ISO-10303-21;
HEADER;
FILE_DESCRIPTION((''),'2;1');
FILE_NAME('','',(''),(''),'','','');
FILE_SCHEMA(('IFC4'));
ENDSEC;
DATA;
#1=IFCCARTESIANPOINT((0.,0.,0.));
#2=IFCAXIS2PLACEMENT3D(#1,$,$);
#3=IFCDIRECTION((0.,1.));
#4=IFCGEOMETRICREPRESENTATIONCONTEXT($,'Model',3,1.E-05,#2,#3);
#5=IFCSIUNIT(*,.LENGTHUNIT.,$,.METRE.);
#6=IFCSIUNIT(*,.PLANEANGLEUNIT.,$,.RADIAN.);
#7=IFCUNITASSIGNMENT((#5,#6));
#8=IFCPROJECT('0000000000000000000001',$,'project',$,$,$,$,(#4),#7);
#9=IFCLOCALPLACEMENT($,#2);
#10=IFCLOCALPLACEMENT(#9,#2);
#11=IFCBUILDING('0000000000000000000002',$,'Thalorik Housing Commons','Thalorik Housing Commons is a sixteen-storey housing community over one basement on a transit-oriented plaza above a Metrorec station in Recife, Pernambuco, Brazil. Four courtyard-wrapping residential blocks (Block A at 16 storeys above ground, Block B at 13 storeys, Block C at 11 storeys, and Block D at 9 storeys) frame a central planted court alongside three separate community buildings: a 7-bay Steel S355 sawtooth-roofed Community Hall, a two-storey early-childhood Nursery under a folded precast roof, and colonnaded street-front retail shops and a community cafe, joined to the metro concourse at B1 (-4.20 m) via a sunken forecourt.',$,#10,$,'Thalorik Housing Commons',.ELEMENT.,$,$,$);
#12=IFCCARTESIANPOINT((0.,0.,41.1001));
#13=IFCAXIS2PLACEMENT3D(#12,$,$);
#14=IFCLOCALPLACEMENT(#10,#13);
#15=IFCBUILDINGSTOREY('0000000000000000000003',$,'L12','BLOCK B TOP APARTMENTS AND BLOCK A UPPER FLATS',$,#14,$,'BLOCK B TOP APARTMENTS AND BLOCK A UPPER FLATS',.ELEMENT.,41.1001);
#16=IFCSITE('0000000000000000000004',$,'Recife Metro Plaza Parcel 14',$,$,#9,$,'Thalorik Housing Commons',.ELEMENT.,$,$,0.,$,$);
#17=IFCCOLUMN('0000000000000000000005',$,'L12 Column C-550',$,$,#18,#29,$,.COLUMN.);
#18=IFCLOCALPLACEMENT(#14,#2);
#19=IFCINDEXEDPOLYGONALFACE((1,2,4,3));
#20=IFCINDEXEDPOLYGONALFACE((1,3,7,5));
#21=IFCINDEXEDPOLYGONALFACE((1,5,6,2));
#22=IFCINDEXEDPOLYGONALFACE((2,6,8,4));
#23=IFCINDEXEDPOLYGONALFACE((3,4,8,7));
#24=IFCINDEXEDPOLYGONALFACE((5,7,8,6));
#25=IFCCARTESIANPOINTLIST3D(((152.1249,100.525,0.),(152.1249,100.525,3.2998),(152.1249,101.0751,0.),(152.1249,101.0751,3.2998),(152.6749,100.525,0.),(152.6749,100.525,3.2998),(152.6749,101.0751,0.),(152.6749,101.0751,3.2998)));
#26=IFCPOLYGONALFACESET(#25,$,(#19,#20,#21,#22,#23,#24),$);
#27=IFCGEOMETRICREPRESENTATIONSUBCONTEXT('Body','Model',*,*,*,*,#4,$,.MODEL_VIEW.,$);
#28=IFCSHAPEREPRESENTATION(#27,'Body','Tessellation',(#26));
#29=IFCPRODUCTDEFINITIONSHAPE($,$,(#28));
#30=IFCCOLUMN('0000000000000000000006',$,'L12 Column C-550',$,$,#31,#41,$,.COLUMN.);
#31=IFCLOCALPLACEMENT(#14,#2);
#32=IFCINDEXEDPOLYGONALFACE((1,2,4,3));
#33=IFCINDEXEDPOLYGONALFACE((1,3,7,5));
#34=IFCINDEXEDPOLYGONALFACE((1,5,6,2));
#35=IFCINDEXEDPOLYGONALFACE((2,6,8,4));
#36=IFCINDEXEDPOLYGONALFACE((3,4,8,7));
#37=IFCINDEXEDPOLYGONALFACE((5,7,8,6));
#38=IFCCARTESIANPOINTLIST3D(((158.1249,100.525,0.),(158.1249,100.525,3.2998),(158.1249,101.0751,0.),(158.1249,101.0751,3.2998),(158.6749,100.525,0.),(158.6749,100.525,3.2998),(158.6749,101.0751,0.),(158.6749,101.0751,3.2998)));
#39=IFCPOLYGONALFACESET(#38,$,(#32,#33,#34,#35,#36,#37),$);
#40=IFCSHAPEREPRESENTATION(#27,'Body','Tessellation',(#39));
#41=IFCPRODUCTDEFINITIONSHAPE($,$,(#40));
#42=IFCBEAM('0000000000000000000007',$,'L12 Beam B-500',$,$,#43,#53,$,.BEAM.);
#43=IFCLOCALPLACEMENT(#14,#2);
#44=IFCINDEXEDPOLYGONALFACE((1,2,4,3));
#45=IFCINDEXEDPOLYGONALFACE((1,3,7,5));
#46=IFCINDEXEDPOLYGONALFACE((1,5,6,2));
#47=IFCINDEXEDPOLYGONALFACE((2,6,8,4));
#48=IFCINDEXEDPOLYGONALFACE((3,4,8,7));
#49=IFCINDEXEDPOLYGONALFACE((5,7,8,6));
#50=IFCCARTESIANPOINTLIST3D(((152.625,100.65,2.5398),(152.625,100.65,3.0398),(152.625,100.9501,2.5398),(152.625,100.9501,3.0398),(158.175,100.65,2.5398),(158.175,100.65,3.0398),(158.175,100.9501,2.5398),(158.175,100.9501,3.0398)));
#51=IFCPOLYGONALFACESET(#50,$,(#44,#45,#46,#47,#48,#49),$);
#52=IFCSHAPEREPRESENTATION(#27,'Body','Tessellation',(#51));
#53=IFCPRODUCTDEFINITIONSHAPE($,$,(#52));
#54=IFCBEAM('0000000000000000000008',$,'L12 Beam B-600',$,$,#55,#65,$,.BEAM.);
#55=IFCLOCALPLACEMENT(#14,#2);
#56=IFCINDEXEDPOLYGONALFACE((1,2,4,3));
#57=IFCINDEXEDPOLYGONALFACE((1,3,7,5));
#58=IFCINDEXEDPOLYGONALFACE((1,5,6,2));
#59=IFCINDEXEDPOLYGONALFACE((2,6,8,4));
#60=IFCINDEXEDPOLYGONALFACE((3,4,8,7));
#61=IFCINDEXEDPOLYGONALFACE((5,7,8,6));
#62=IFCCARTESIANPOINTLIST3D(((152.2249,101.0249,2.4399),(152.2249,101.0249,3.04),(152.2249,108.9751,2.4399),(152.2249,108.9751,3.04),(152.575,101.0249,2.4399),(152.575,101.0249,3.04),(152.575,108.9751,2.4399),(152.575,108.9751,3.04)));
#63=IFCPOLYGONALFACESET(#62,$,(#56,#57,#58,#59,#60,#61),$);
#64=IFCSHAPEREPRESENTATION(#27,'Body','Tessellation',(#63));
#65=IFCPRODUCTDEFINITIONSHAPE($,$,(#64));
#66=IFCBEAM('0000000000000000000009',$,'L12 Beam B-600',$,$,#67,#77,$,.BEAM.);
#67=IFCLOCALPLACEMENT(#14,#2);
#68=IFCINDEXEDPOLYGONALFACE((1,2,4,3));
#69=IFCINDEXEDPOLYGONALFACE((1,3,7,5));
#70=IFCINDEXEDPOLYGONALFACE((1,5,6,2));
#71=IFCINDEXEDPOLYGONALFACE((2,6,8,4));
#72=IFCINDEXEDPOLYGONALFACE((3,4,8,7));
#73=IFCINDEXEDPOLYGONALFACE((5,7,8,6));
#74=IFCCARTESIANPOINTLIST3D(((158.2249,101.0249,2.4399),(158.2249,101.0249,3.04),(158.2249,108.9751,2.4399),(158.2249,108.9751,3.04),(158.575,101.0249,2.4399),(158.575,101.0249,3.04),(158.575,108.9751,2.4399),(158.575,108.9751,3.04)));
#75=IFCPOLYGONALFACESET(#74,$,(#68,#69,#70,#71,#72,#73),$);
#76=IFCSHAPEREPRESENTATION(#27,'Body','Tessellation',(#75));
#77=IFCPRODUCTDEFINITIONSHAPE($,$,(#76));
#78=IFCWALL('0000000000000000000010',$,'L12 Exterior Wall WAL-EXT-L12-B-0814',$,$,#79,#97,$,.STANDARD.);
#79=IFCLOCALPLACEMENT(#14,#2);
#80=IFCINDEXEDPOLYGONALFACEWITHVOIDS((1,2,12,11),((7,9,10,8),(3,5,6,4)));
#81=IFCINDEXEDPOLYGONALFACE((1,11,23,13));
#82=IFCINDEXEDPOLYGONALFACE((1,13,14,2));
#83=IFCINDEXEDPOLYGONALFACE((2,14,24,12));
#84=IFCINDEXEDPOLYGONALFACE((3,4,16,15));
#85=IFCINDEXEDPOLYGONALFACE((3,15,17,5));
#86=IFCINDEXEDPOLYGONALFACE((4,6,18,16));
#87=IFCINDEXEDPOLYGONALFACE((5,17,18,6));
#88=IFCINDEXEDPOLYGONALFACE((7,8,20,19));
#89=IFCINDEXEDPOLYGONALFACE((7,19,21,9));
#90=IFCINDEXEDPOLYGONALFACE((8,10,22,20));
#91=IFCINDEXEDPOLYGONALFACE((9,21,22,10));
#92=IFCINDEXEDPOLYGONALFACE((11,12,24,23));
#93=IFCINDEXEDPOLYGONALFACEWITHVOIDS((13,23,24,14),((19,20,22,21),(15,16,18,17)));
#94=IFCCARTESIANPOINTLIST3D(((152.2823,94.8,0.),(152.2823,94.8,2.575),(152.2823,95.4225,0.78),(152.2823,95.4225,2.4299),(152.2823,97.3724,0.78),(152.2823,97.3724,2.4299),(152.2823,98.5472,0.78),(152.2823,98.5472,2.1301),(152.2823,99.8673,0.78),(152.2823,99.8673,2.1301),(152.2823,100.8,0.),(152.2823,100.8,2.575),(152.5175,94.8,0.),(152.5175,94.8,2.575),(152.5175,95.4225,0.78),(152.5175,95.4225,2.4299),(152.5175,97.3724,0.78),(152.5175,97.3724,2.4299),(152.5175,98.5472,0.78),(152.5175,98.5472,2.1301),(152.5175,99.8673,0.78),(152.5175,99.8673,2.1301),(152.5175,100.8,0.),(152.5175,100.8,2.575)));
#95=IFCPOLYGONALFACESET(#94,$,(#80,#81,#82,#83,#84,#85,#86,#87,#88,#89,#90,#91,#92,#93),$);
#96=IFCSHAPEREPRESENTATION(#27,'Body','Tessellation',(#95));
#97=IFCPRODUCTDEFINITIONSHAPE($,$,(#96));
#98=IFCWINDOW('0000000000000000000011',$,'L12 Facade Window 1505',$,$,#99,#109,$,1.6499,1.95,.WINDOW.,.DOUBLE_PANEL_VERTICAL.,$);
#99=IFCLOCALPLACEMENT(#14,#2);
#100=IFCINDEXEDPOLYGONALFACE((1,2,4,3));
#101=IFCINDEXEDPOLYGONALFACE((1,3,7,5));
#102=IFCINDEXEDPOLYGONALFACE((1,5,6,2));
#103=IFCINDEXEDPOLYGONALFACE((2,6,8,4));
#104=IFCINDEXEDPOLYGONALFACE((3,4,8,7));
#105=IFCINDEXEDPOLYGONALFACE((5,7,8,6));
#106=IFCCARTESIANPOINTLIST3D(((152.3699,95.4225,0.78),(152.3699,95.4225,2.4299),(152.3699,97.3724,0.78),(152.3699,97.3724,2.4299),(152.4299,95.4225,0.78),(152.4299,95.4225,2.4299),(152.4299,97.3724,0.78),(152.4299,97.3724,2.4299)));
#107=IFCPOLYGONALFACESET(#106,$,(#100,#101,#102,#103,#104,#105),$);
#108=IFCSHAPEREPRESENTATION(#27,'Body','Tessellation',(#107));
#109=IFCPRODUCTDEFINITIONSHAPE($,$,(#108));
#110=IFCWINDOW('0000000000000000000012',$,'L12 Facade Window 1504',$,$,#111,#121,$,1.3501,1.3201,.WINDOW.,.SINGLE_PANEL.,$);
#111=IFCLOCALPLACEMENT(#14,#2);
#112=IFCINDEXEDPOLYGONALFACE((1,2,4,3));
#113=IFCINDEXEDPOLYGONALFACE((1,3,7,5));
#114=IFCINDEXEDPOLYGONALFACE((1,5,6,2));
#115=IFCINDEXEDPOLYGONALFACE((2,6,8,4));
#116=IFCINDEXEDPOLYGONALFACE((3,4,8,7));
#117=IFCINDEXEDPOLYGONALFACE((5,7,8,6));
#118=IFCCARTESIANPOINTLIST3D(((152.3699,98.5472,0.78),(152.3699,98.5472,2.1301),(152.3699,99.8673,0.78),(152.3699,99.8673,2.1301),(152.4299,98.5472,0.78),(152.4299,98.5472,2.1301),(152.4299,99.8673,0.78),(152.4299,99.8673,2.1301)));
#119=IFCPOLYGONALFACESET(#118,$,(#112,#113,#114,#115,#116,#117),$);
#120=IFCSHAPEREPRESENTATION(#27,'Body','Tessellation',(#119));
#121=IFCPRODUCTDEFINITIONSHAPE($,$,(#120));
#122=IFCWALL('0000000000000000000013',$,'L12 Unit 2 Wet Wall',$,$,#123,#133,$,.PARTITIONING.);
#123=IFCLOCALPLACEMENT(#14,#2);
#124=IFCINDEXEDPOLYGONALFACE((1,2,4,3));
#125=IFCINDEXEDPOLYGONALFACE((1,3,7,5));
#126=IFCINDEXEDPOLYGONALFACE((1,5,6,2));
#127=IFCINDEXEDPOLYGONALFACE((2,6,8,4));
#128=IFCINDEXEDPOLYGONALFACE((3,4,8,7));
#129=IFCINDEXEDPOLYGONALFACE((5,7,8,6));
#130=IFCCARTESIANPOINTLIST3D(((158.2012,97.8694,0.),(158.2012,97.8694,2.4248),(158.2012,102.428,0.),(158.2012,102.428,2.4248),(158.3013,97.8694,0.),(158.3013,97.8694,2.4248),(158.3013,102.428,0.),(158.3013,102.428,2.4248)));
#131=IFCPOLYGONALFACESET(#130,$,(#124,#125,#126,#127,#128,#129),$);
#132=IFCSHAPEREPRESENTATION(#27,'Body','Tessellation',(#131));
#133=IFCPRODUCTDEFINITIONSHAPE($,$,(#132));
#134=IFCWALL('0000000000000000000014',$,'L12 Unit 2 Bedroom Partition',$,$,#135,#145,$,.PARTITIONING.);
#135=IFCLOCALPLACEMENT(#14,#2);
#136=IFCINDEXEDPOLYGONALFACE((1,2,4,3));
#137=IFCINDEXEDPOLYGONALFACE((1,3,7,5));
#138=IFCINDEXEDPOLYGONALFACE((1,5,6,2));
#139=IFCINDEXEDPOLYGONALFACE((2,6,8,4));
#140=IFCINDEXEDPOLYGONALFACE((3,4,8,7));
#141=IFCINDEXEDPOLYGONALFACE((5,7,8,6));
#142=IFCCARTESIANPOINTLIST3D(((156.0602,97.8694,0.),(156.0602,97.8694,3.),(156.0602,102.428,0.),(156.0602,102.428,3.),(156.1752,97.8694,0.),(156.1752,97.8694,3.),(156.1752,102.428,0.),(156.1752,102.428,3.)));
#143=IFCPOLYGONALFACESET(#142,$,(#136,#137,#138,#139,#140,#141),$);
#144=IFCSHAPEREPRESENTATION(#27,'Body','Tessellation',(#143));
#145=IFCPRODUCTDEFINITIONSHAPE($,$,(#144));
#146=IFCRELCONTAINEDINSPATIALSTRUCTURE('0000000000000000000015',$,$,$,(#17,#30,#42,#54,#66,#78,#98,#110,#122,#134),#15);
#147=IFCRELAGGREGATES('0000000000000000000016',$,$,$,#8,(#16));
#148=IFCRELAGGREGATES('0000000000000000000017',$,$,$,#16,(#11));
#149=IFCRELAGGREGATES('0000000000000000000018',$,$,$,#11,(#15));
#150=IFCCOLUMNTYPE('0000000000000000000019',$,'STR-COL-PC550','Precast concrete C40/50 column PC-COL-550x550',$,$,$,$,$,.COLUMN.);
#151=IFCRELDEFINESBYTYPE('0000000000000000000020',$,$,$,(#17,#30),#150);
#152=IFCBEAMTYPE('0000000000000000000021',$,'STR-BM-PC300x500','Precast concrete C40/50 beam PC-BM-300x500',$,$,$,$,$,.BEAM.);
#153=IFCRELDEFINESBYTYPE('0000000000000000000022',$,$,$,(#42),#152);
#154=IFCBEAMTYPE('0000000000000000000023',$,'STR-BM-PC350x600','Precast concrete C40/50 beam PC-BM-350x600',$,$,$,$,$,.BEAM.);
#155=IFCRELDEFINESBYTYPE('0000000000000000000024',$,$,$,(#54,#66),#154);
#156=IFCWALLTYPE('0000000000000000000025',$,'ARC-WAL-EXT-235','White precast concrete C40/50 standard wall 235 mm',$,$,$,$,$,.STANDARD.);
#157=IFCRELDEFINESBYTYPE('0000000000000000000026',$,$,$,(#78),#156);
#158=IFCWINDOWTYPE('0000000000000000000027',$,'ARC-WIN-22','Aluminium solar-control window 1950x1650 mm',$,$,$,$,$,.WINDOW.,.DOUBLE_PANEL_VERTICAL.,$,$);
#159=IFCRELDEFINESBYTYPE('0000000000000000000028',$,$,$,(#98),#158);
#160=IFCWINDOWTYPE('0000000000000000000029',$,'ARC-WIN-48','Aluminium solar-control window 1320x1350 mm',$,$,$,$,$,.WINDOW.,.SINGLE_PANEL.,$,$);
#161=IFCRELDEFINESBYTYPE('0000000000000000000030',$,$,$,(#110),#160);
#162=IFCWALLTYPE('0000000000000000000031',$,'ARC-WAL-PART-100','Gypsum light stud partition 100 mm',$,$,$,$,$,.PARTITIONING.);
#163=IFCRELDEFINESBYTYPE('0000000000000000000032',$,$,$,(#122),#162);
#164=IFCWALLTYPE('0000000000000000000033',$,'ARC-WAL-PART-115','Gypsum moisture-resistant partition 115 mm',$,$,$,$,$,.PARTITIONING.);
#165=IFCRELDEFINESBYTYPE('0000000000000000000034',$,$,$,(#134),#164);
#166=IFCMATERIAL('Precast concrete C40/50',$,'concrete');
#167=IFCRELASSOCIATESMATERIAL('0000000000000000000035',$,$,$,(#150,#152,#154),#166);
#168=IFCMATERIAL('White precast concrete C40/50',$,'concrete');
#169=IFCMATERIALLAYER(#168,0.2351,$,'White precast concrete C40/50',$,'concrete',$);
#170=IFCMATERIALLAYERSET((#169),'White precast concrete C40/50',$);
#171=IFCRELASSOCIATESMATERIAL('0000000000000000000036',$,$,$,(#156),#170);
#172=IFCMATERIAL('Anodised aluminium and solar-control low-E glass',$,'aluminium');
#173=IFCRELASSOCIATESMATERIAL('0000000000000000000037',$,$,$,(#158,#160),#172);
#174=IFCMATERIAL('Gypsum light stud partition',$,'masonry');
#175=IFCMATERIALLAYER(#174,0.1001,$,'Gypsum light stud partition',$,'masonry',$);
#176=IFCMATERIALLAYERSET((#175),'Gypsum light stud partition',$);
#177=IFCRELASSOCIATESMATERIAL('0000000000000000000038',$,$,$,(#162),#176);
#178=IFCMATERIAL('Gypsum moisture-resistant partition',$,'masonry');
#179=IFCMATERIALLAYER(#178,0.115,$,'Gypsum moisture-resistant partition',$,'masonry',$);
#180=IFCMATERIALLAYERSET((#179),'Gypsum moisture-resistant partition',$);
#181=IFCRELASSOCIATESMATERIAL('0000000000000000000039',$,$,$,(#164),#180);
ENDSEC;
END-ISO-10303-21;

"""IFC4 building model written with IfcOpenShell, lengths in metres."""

from ifc_helpers import new_model, si_unit, direction, frame, frame_2d, origin, origin_2d, place, context, subcontext, project, spatial, rectangle, extrude, material, layer, layer_set, material_profile, profile_set, type_object, element, fill, save


model = new_model("IFC4")

# Units and contexts
model_context = context("Model", 3, precision=1e-05, world=origin(), true_north=direction((0.0, 1.0)))
body_context = subcontext(model_context, "Body", "Model", "MODEL_VIEW")
ifc_project = project(units=[si_unit("LENGTHUNIT", "METRE"), si_unit("PLANEANGLEUNIT", "RADIAN")], contexts=[model_context])

# Site, building, storey
site_placement = place(None, origin())
site = spatial("IfcSite", under=ifc_project, at=site_placement, Name="Recife Metro Plaza Parcel 14", LongName="Thalorik Housing Commons", CompositionType="ELEMENT", RefElevation=0.0)
building_placement = place(site_placement, origin())
building = spatial("IfcBuilding", under=site, at=building_placement, Name="Thalorik Housing Commons", Description="Thalorik Housing Commons is a sixteen-storey housing community over one basement on a transit-oriented plaza above a Metrorec station in Recife, Pernambuco, Brazil. Four courtyard-wrapping residential blocks (Block A at 16 storeys above ground, Block B at 13 storeys, Block C at 11 storeys, and Block D at 9 storeys) frame a central planted court alongside three separate community buildings: a 7-bay Steel S355 sawtooth-roofed Community Hall, a two-storey early-childhood Nursery under a folded precast roof, and colonnaded street-front retail shops and a community cafe, joined to the metro concourse at B1 (-4.20 m) via a sunken forecourt.", LongName="Thalorik Housing Commons", CompositionType="ELEMENT")
storey_placement = place(building_placement, frame((0.0, 0.0, 41.1001)))
storey = spatial("IfcBuildingStorey", under=building, at=storey_placement, Name="L12", Description="BLOCK B TOP APARTMENTS AND BLOCK A UPPER FLATS", LongName="BLOCK B TOP APARTMENTS AND BLOCK A UPPER FLATS", CompositionType="ELEMENT", Elevation=41.1001)

# Columns
ifc_material_1 = material(Name="Precast concrete C40/50", Category="concrete")
ifc_material_profile_1 = material_profile(ifc_material_1, rectangle(XDim=0.55, YDim=0.55, at=origin_2d()), Name="PC 550x550", Category="concrete")
ifc_profile_set_1 = profile_set([ifc_material_profile_1], Name="Precast concrete C40/50")
column_type = type_object("IfcColumnType", Name="STR-COL-PC550", Description="Precast concrete C40/50 column PC-COL-550x550", PredefinedType="COLUMN", material=ifc_profile_set_1)
for number, where, z_axis, x_axis, name in (
    (1, (152.3999, 100.8, 0.0), (0.0, 0.0, 1.0), (1.0, 0.0, 0.0), "L12 Column C-550"),
    (2, (158.3999, 100.8, 0.0), (0.0, 0.0, 1.0), (1.0, 0.0, 0.0), "L12 Column C-550"),
):
    element("IfcColumn", number, at=place(storey_placement, frame(where, z_axis=z_axis, x_axis=x_axis)), inside=storey, type_object=column_type, Name=name, PredefinedType="COLUMN", context=body_context, shape_type="SweptSolid", body=[
        extrude(rectangle(XDim=0.55, YDim=0.55, at=origin_2d()), origin(), (0.0, 0.0, 1.0), 3.2998),
    ])

# Beams
ifc_material_profile_2 = material_profile(ifc_material_1, rectangle(XDim=0.3, YDim=0.5, at=origin_2d()), Name="PC 300x500", Category="concrete")
ifc_profile_set_2 = profile_set([ifc_material_profile_2], Name="Precast concrete C40/50")
beam_type_1 = type_object("IfcBeamType", Name="STR-BM-PC300x500", Description="Precast concrete C40/50 beam PC-BM-300x500", PredefinedType="BEAM", material=ifc_profile_set_2)
beam_placement = place(storey_placement, frame((152.625, 100.8, 2.7898), z_axis=(1.0, 0.0, 0.0), x_axis=(0.0, 1.0, 0.0)))
element("IfcBeam", 3, at=beam_placement, inside=storey, type_object=beam_type_1, Name="L12 Beam B-500", PredefinedType="BEAM", context=body_context, shape_type="SweptSolid", body=[
    extrude(rectangle(XDim=0.3, YDim=0.5, at=origin_2d()), origin(), (0.0, 0.0, 1.0), 5.55),
])
ifc_material_profile_3 = material_profile(ifc_material_1, rectangle(XDim=0.3501, YDim=0.6001, at=origin_2d()), Name="PC 350x600", Category="concrete")
ifc_profile_set_3 = profile_set([ifc_material_profile_3], Name="Precast concrete C40/50")
beam_type_2 = type_object("IfcBeamType", Name="STR-BM-PC350x600", Description="Precast concrete C40/50 beam PC-BM-350x600", PredefinedType="BEAM", material=ifc_profile_set_3)
for number, where, z_axis, x_axis, name in (
    (4, (152.3999, 101.0249, 2.74), (0.0, 1.0, 0.0), (-1.0, 0.0, 0.0), "L12 Beam B-600"),
    (5, (158.3999, 101.0249, 2.74), (0.0, 1.0, 0.0), (-1.0, 0.0, 0.0), "L12 Beam B-600"),
):
    element("IfcBeam", number, at=place(storey_placement, frame(where, z_axis=z_axis, x_axis=x_axis)), inside=storey, type_object=beam_type_2, Name=name, PredefinedType="BEAM", context=body_context, shape_type="SweptSolid", body=[
        extrude(rectangle(XDim=0.3501, YDim=0.6001, at=origin_2d()), origin(), (0.0, 0.0, 1.0), 7.9502),
    ])

# Wall, openings, windows
ifc_material_2 = material(Name="White precast concrete C40/50", Category="concrete")
ifc_layer_1 = layer(ifc_material_2, 0.2351, Name="White precast concrete C40/50", Category="concrete")
ifc_layer_set_1 = layer_set([ifc_layer_1], Name="White precast concrete C40/50")
wall_type_1 = type_object("IfcWallType", Name="ARC-WAL-EXT-235", Description="White precast concrete C40/50 standard wall 235 mm", PredefinedType="STANDARD", material=ifc_layer_set_1)
wall_1_placement = place(storey_placement, frame((152.3999, 100.8, 0.0), z_axis=(0.0, 0.0, 1.0), x_axis=(0.0, -1.0, 0.0)))
wall_1 = element("IfcWall", 6, at=wall_1_placement, inside=storey, type_object=wall_type_1, Name="L12 Exterior Wall WAL-EXT-L12-B-0814", PredefinedType="STANDARD", context=body_context, shape_type="SweptSolid", body=[
    extrude(rectangle(XDim=6.0, YDim=0.2351, at=frame_2d((3.0, 0.0))), origin(), (0.0, 0.0, 1.0), 2.575),
])
opening_1_placement = place(wall_1_placement, frame((0.9326, 0.0, 0.78)))
opening_1 = element("IfcOpeningElement", 7, at=opening_1_placement, cuts=wall_1, PredefinedType="OPENING", context=body_context, shape_type="SweptSolid", body=[
    extrude(rectangle(XDim=1.3201, YDim=1.3501, at=frame_2d((0.6602, 0.675))), frame((0.0, 0.1274, 0.0), z_axis=(0.0, -1.0, 0.0), x_axis=(1.0, 0.0, 0.0)), (0.0, 0.0, 1.0), 0.2551),
])
opening_2_placement = place(wall_1_placement, frame((3.4275, 0.0, 0.78)))
opening_2 = element("IfcOpeningElement", 8, at=opening_2_placement, cuts=wall_1, PredefinedType="OPENING", context=body_context, shape_type="SweptSolid", body=[
    extrude(rectangle(XDim=1.95, YDim=1.6499, at=frame_2d((0.9751, 0.825))), frame((0.0, 0.1274, 0.0), z_axis=(0.0, -1.0, 0.0), x_axis=(1.0, 0.0, 0.0)), (0.0, 0.0, 1.0), 0.2551),
])
ifc_material_3 = material(Name="Anodised aluminium and solar-control low-E glass", Category="aluminium")
window_type_1 = type_object("IfcWindowType", Name="ARC-WIN-22", Description="Aluminium solar-control window 1950x1650 mm", PartitioningType="DOUBLE_PANEL_VERTICAL", PredefinedType="WINDOW", material=ifc_material_3)
window_1_placement = place(opening_2_placement, origin())
window_1 = element("IfcWindow", 9, at=window_1_placement, inside=storey, type_object=window_type_1, Name="L12 Facade Window 1505", OverallHeight=1.6499, OverallWidth=1.95, PartitioningType="DOUBLE_PANEL_VERTICAL", PredefinedType="WINDOW", context=body_context, shape_type="SweptSolid", body=[
    extrude(rectangle(XDim=1.95, YDim=1.6499, at=frame_2d((0.9751, 0.825))), frame((0.0, 0.03, 0.0), z_axis=(0.0, -1.0, 0.0), x_axis=(1.0, 0.0, 0.0)), (0.0, 0.0, 1.0), 0.0601),
])
fill(opening_2, window_1)
window_type_2 = type_object("IfcWindowType", Name="ARC-WIN-48", Description="Aluminium solar-control window 1320x1350 mm", PartitioningType="SINGLE_PANEL", PredefinedType="WINDOW", material=ifc_material_3)
window_2_placement = place(opening_1_placement, origin())
window_2 = element("IfcWindow", 10, at=window_2_placement, inside=storey, type_object=window_type_2, Name="L12 Facade Window 1504", OverallHeight=1.3501, OverallWidth=1.3201, PartitioningType="SINGLE_PANEL", PredefinedType="WINDOW", context=body_context, shape_type="SweptSolid", body=[
    extrude(rectangle(XDim=1.3201, YDim=1.3501, at=frame_2d((0.6602, 0.675))), frame((0.0, 0.03, 0.0), z_axis=(0.0, -1.0, 0.0), x_axis=(1.0, 0.0, 0.0)), (0.0, 0.0, 1.0), 0.0601),
])
fill(opening_1, window_2)

# Walls
ifc_material_4 = material(Name="Gypsum light stud partition", Category="masonry")
ifc_layer_2 = layer(ifc_material_4, 0.1001, Name="Gypsum light stud partition", Category="masonry")
ifc_layer_set_2 = layer_set([ifc_layer_2], Name="Gypsum light stud partition")
wall_type_2 = type_object("IfcWallType", Name="ARC-WAL-PART-100", Description="Gypsum light stud partition 100 mm", PredefinedType="PARTITIONING", material=ifc_layer_set_2)
wall_2_placement = place(storey_placement, frame((158.2512, 97.8694, 0.0), z_axis=(0.0, 0.0, 1.0), x_axis=(0.0, 1.0, 0.0)))
element("IfcWall", 11, at=wall_2_placement, inside=storey, type_object=wall_type_2, Name="L12 Unit 2 Wet Wall", PredefinedType="PARTITIONING", context=body_context, shape_type="SweptSolid", body=[
    extrude(rectangle(XDim=4.5586, YDim=0.1001, at=frame_2d((2.2793, 0.0))), origin(), (0.0, 0.0, 1.0), 2.4248),
])
ifc_material_5 = material(Name="Gypsum moisture-resistant partition", Category="masonry")
ifc_layer_3 = layer(ifc_material_5, 0.115, Name="Gypsum moisture-resistant partition", Category="masonry")
ifc_layer_set_3 = layer_set([ifc_layer_3], Name="Gypsum moisture-resistant partition")
wall_type_3 = type_object("IfcWallType", Name="ARC-WAL-PART-115", Description="Gypsum moisture-resistant partition 115 mm", PredefinedType="PARTITIONING", material=ifc_layer_set_3)
wall_3_placement = place(storey_placement, frame((156.1177, 97.8694, 0.0), z_axis=(0.0, 0.0, 1.0), x_axis=(0.0, 1.0, 0.0)))
element("IfcWall", 12, at=wall_3_placement, inside=storey, type_object=wall_type_3, Name="L12 Unit 2 Bedroom Partition", PredefinedType="PARTITIONING", context=body_context, shape_type="SweptSolid", body=[
    extrude(rectangle(XDim=4.5586, YDim=0.115, at=frame_2d((2.2793, 0.0))), origin(), (0.0, 0.0, 1.0), 3.0),
])

save(model, "model.ifc")
